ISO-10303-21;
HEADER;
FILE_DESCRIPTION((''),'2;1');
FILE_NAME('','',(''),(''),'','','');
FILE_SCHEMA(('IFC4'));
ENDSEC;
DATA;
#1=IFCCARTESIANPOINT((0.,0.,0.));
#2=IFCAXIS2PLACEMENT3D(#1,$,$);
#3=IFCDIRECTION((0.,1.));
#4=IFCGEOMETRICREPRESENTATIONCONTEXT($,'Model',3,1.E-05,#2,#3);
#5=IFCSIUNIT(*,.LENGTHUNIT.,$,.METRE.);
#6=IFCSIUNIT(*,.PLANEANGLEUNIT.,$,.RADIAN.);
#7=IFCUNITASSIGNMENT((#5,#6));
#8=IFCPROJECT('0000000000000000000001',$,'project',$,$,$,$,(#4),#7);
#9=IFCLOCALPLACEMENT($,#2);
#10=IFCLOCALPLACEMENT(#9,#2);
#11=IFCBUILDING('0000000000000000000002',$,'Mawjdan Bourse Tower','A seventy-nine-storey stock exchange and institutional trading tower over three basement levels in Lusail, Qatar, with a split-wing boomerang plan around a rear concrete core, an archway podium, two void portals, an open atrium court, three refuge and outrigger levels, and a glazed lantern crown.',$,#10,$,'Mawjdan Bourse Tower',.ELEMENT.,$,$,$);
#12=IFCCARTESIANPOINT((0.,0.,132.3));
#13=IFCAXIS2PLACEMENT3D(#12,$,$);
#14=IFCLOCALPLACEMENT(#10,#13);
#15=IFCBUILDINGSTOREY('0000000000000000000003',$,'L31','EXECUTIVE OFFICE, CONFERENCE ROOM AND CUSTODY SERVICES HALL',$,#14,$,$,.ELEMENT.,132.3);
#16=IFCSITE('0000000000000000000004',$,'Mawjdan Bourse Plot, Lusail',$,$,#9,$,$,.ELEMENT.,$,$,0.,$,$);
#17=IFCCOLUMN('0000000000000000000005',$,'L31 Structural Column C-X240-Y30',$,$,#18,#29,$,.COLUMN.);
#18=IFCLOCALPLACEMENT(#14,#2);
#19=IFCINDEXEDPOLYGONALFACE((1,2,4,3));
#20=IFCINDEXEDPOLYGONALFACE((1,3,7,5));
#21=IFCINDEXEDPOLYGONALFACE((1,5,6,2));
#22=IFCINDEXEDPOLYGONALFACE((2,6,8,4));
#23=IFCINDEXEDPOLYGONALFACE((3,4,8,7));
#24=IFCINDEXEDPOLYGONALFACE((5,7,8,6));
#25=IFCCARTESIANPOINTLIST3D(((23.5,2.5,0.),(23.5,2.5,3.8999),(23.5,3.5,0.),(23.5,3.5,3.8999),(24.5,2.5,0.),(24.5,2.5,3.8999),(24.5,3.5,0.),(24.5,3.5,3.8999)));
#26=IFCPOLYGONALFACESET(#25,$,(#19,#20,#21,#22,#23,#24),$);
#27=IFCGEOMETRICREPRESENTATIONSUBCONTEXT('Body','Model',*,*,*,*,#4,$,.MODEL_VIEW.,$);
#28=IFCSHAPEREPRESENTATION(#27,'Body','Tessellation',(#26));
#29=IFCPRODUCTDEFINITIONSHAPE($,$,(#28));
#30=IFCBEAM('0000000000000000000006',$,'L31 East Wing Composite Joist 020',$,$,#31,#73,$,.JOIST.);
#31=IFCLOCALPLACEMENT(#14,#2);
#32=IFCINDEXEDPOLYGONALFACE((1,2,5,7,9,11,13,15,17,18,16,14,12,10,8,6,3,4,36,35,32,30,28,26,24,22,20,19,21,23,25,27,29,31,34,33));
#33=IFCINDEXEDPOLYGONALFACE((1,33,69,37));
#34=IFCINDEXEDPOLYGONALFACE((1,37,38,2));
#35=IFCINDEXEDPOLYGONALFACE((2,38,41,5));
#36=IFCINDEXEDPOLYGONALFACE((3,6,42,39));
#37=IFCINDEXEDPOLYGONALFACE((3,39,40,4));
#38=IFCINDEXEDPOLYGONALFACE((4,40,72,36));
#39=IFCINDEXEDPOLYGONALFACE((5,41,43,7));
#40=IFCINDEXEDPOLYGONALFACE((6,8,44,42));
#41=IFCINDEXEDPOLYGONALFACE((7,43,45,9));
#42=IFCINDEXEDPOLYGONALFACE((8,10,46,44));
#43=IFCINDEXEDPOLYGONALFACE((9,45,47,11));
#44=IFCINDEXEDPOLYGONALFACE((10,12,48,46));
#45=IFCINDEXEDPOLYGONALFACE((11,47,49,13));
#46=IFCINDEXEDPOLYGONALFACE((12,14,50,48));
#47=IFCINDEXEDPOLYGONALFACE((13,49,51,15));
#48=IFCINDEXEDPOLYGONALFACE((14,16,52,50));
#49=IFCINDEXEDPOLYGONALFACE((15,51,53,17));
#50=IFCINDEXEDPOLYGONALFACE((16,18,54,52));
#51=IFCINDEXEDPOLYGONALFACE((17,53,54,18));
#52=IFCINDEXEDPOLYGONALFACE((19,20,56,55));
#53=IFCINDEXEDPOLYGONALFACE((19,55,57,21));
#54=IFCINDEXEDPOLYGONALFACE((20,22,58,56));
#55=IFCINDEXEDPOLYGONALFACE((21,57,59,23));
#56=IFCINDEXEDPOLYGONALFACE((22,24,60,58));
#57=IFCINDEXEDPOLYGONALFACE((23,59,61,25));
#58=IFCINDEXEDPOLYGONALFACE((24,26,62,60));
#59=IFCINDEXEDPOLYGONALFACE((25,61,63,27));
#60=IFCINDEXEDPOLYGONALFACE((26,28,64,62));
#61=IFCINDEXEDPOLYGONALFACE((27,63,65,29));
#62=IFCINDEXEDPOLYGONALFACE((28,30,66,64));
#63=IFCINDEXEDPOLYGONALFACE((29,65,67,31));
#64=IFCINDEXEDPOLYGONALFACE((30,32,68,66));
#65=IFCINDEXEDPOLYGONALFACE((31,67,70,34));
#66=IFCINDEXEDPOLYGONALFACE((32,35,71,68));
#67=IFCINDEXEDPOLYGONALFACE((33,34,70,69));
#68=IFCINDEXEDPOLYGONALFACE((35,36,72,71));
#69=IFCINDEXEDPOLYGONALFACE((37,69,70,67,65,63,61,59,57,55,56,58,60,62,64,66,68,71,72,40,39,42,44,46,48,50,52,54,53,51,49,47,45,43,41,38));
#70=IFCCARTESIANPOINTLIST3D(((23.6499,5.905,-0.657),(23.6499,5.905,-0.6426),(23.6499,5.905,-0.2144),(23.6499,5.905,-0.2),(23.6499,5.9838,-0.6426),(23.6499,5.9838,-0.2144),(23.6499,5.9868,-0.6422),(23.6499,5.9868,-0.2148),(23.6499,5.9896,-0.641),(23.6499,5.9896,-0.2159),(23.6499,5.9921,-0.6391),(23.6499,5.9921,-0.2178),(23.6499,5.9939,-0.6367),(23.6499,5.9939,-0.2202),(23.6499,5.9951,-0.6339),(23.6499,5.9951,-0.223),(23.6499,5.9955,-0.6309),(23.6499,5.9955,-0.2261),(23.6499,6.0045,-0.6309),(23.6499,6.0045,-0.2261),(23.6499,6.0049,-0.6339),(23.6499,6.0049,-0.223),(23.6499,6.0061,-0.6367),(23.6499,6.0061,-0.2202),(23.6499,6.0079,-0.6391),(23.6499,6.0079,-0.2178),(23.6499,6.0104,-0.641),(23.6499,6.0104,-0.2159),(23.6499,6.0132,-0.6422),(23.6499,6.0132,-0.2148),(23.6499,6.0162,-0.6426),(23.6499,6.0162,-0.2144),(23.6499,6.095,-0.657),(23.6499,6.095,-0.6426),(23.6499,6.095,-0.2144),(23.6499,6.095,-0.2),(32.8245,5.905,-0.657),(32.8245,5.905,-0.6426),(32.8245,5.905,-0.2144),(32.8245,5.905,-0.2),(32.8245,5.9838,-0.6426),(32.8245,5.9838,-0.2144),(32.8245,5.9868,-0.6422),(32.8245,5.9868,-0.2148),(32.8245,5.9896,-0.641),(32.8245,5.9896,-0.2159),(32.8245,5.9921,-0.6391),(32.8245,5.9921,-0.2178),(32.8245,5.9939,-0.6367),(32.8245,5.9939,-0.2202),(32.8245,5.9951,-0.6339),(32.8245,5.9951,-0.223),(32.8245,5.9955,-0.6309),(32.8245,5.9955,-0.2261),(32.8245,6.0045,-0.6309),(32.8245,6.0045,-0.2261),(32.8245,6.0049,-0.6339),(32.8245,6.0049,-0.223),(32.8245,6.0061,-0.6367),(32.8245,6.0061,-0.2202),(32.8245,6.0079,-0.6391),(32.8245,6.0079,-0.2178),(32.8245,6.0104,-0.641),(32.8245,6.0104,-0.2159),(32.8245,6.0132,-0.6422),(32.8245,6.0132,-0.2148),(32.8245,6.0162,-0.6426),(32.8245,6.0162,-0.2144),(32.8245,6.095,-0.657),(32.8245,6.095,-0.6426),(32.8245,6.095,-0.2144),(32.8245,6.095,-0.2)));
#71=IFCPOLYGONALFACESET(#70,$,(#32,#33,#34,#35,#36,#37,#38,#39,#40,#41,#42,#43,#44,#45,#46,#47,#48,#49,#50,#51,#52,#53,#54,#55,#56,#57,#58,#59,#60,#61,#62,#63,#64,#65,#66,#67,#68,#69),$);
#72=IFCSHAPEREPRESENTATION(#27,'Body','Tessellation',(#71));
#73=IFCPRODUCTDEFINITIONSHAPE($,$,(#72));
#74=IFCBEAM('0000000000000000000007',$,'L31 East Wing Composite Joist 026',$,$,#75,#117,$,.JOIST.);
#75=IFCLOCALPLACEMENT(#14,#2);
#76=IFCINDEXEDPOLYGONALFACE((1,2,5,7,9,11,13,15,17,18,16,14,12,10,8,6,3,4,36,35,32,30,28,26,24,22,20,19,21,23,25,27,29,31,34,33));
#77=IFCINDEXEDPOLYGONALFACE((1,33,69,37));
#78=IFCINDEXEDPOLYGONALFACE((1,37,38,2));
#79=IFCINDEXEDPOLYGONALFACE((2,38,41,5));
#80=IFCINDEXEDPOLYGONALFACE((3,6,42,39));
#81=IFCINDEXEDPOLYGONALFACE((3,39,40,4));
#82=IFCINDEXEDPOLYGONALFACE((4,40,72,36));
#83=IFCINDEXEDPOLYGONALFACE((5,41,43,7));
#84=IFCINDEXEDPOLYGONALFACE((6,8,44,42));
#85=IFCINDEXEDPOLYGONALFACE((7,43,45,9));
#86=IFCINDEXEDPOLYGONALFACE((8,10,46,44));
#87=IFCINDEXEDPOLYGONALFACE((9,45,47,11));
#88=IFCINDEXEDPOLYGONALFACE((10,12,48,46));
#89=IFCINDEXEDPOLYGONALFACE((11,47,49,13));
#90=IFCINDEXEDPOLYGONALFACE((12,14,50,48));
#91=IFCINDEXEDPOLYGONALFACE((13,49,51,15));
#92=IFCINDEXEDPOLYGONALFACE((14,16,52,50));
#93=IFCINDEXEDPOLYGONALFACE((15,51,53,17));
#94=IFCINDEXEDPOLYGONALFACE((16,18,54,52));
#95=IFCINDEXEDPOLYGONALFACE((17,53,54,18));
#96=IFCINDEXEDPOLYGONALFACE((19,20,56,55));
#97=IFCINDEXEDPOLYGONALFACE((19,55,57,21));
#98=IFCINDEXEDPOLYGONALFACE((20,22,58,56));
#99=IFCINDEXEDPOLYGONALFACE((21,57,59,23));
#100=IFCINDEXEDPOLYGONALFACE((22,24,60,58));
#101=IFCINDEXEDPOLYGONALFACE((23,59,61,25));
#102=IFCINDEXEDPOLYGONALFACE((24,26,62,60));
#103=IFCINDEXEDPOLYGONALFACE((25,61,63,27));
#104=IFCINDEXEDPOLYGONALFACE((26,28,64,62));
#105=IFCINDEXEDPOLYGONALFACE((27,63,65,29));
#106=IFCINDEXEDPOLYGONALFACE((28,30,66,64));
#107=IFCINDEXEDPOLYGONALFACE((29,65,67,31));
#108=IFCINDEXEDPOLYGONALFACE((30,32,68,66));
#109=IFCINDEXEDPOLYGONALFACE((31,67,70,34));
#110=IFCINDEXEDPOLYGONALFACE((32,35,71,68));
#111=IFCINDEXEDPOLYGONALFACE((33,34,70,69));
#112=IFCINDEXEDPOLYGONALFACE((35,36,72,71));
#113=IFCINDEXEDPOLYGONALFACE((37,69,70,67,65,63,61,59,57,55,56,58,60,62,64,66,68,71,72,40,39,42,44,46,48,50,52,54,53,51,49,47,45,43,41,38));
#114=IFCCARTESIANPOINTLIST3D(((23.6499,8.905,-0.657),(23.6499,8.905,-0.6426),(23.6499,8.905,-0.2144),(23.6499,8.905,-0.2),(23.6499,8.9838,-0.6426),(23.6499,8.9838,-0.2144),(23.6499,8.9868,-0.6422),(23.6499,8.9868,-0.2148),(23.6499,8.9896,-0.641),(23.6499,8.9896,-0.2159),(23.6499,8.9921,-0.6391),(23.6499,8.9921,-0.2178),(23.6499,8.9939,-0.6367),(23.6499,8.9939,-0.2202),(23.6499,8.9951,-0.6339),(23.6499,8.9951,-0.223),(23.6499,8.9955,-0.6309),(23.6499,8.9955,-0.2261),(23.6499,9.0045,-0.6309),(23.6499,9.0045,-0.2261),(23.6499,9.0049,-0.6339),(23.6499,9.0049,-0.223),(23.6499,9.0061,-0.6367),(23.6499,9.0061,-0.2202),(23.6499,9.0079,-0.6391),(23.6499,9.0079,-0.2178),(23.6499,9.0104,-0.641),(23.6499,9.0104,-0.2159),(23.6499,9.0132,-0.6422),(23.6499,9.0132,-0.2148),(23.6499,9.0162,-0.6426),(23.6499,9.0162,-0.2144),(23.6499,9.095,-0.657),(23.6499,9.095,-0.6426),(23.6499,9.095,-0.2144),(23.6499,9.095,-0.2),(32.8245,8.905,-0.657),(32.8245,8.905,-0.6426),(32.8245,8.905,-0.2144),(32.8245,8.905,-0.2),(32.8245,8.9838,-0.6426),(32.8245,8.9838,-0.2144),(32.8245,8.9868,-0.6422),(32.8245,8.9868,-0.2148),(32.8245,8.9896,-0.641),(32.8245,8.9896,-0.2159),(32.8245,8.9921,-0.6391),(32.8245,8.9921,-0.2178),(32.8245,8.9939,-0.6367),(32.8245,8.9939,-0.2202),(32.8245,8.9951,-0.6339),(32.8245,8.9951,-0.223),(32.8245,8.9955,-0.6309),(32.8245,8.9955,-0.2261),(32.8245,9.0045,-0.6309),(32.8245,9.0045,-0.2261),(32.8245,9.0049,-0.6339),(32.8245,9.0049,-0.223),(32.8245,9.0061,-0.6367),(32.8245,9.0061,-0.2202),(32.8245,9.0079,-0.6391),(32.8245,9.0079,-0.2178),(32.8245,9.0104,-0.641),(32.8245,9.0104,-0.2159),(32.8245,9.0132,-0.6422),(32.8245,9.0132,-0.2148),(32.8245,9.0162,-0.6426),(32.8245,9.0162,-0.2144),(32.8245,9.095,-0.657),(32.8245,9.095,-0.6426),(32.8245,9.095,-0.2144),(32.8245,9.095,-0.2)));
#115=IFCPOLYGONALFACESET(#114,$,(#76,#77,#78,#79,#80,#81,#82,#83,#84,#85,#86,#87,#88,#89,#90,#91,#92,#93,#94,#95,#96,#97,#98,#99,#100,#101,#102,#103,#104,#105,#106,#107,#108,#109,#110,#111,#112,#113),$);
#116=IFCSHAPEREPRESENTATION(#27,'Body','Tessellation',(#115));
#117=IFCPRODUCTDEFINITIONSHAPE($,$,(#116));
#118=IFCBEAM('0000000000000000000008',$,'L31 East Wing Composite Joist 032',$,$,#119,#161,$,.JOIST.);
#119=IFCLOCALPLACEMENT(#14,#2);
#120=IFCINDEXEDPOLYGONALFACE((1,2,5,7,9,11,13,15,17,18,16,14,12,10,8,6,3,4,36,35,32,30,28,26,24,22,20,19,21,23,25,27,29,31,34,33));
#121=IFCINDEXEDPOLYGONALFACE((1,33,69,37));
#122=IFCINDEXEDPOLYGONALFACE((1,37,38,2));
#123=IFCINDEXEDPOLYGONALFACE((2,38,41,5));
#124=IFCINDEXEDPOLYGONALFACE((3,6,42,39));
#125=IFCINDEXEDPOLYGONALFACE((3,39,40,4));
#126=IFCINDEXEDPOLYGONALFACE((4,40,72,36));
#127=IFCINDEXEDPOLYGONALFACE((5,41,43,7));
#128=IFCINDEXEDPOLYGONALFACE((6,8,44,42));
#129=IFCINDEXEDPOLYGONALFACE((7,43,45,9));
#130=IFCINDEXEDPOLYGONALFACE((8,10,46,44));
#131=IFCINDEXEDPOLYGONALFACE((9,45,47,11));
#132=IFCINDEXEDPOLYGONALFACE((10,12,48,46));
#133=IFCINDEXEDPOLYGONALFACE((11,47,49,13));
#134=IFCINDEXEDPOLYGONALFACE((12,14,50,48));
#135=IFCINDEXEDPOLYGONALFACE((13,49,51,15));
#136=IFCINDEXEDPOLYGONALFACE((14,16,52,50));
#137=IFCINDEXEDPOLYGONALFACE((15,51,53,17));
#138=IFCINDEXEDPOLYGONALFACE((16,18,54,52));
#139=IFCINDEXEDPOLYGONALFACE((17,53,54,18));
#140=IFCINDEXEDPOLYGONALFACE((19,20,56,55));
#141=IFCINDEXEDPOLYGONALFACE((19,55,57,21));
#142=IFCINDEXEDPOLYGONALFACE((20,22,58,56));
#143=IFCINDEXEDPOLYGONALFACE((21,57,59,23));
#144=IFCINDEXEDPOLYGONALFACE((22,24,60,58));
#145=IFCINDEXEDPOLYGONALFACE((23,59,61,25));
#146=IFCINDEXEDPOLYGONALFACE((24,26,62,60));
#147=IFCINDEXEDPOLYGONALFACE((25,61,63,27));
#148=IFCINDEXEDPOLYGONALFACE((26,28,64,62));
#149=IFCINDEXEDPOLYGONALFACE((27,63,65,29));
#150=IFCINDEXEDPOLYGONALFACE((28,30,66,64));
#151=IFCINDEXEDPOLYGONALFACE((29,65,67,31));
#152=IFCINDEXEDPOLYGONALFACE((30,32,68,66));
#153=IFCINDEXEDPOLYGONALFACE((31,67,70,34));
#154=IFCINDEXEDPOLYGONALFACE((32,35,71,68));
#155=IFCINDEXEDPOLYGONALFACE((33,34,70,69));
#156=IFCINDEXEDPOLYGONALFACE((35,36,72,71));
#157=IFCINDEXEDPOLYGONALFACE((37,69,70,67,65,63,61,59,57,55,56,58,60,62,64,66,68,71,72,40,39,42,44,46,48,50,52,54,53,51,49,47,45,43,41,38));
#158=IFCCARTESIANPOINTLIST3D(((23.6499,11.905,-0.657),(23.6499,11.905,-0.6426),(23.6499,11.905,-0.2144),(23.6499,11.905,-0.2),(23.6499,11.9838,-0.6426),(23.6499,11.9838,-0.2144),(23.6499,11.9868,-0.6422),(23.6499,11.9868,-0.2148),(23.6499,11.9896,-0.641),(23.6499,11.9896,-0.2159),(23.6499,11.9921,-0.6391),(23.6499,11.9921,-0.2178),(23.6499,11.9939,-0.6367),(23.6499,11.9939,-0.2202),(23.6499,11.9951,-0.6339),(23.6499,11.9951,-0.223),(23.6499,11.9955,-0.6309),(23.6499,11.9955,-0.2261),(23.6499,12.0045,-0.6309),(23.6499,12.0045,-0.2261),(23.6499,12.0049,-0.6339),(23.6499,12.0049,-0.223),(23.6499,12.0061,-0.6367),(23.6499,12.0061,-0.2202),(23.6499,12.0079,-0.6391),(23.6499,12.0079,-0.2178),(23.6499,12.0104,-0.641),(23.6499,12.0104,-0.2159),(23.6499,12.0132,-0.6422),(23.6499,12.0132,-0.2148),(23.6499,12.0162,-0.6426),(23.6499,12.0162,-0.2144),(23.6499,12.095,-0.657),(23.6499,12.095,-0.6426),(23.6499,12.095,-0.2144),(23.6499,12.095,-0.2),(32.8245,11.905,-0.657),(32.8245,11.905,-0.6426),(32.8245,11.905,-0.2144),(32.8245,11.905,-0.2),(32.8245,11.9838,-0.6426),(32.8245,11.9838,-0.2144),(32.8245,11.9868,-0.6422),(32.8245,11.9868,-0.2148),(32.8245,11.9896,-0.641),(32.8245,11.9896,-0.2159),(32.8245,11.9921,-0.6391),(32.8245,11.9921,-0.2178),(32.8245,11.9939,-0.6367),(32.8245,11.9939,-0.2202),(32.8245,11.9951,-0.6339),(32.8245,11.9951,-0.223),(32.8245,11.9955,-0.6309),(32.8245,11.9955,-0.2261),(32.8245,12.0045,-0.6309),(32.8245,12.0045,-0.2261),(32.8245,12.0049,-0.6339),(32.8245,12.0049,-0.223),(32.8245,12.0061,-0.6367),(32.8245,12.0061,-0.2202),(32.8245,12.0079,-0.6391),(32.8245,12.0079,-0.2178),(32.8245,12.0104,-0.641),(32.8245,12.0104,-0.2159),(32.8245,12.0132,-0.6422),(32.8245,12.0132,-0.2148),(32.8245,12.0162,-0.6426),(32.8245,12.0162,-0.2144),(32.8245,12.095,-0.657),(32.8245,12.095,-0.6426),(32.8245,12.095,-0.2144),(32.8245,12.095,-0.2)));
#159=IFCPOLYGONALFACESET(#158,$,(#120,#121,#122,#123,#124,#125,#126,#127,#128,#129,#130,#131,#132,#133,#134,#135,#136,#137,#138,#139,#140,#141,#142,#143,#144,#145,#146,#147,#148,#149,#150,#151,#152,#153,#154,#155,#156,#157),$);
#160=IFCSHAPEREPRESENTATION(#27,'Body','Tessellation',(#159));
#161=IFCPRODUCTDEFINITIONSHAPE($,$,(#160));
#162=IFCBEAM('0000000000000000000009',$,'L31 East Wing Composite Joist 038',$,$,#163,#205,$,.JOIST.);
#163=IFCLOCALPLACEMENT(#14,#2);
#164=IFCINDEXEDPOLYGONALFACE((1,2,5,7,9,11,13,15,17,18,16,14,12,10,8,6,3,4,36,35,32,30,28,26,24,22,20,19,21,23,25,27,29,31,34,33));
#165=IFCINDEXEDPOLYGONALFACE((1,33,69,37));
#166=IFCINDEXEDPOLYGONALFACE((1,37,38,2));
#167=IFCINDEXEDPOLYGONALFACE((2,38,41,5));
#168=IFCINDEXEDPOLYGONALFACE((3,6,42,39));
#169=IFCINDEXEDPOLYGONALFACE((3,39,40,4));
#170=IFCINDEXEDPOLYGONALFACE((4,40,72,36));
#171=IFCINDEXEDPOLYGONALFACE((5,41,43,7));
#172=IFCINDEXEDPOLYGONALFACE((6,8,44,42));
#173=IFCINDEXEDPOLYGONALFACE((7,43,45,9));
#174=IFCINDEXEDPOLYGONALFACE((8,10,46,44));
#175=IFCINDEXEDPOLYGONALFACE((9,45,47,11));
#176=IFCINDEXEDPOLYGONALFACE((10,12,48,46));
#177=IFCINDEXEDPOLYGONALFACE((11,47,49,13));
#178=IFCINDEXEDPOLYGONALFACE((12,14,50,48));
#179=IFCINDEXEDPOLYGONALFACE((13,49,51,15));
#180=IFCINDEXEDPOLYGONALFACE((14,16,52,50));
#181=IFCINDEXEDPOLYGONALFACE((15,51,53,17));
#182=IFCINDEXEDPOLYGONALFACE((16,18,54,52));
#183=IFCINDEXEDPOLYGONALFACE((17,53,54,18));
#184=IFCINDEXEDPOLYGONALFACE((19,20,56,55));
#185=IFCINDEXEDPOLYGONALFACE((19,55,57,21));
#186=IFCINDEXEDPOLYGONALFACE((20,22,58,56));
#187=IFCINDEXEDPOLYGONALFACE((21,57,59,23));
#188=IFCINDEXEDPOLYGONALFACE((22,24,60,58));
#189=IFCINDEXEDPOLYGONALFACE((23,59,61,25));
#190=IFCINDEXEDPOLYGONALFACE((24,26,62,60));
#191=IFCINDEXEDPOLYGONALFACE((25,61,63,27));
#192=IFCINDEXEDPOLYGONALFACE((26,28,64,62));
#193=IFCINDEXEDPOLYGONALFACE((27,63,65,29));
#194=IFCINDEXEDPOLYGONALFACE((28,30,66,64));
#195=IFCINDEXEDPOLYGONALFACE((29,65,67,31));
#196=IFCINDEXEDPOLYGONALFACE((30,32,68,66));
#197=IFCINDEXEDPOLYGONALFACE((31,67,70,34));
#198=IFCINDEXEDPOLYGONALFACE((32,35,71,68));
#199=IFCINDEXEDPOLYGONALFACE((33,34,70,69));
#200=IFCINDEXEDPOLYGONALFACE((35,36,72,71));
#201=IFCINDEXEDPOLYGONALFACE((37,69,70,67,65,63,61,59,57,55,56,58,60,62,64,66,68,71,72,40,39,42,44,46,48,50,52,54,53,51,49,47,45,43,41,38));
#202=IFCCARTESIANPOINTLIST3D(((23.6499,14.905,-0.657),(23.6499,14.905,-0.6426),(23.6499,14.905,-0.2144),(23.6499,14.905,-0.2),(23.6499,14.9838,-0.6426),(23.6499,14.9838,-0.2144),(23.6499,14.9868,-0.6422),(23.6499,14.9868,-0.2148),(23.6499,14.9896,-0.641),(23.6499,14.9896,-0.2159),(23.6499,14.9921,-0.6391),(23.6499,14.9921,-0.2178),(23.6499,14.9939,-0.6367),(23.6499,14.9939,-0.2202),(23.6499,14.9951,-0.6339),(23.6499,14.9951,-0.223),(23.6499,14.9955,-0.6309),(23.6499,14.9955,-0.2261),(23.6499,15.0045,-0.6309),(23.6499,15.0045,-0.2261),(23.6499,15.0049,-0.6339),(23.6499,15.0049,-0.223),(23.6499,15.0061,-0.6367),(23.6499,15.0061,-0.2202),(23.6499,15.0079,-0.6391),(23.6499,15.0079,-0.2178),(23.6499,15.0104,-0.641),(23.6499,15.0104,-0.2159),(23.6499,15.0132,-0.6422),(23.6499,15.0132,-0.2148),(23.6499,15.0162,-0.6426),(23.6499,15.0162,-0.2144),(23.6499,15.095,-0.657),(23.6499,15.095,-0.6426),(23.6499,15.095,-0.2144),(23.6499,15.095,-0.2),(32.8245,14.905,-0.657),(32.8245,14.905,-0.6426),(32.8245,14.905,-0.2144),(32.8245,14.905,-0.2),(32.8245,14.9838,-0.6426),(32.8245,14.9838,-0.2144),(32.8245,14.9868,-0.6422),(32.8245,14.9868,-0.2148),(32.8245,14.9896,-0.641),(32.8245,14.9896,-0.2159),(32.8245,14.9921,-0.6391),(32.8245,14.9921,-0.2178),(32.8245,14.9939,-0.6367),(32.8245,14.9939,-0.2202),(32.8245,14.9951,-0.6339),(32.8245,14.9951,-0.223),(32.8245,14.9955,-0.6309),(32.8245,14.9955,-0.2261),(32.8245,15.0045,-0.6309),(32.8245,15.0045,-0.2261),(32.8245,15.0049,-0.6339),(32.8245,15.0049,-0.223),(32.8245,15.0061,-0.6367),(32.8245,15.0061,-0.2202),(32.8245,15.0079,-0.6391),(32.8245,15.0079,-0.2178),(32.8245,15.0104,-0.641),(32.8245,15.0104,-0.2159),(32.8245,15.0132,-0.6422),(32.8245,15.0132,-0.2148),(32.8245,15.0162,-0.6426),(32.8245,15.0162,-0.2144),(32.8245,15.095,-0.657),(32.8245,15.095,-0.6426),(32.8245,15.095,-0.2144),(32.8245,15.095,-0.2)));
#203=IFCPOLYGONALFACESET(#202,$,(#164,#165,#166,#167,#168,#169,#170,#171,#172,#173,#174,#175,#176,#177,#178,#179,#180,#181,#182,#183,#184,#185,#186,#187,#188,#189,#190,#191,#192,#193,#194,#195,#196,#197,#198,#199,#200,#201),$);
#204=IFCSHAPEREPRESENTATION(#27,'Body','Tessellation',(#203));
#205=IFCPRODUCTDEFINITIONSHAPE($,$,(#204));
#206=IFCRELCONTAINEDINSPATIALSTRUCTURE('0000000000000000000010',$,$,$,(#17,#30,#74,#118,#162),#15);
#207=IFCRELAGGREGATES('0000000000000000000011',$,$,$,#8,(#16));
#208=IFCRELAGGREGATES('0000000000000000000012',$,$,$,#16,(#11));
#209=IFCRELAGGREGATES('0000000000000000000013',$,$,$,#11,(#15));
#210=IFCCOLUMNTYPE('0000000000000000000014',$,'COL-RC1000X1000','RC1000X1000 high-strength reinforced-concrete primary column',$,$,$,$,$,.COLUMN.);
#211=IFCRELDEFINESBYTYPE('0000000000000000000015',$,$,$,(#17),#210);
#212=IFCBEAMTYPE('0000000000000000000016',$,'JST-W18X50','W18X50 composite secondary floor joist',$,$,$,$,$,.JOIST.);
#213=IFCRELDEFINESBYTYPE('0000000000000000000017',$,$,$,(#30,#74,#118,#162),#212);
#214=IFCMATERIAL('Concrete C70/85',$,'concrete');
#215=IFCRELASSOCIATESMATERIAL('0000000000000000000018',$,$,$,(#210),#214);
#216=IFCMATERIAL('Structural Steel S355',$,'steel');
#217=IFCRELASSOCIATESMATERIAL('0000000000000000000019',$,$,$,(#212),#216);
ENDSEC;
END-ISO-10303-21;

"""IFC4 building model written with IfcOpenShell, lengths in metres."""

from ifc_helpers import new_model, si_unit, direction, frame, origin, origin_2d, place, context, subcontext, project, spatial, rectangle, i_section, extrude, material, material_profile, profile_set, type_object, element, save


model = new_model("IFC4")

# Units and contexts
model_context = context("Model", 3, precision=1e-05, world=origin(), true_north=direction((0.0, 1.0)))
body_context = subcontext(model_context, "Body", "Model", "MODEL_VIEW")
ifc_project = project(units=[si_unit("LENGTHUNIT", "METRE"), si_unit("PLANEANGLEUNIT", "RADIAN")], contexts=[model_context])

# Site, building, storey
site_placement = place(None, origin())
site = spatial("IfcSite", under=ifc_project, at=site_placement, Name="Mawjdan Bourse Plot, Lusail", CompositionType="ELEMENT", RefElevation=0.0)
building_placement = place(site_placement, origin())
building = spatial("IfcBuilding", under=site, at=building_placement, Name="Mawjdan Bourse Tower", Description="A seventy-nine-storey stock exchange and institutional trading tower over three basement levels in Lusail, Qatar, with a split-wing boomerang plan around a rear concrete core, an archway podium, two void portals, an open atrium court, three refuge and outrigger levels, and a glazed lantern crown.", LongName="Mawjdan Bourse Tower", CompositionType="ELEMENT")
storey_placement = place(building_placement, frame((0.0, 0.0, 132.3)))
storey = spatial("IfcBuildingStorey", under=building, at=storey_placement, Name="L31", Description="EXECUTIVE OFFICE, CONFERENCE ROOM AND CUSTODY SERVICES HALL", CompositionType="ELEMENT", Elevation=132.3)

# Column
ifc_material_1 = material(Name="Concrete C70/85", Category="concrete")
ifc_material_profile_1 = material_profile(ifc_material_1, rectangle(XDim=1.0, YDim=1.0, at=origin_2d()), Name="RC1000X1000")
ifc_profile_set_1 = profile_set([ifc_material_profile_1], Name="Concrete C70/85")
column_type = type_object("IfcColumnType", Name="COL-RC1000X1000", Description="RC1000X1000 high-strength reinforced-concrete primary column", PredefinedType="COLUMN", material=ifc_profile_set_1)
column_placement = place(storey_placement, frame((24.0, 3.0, 0.0), z_axis=(0.0, 0.0, 1.0), x_axis=(1.0, 0.0, 0.0)))
element("IfcColumn", 1, at=column_placement, inside=storey, type_object=column_type, Name="L31 Structural Column C-X240-Y30", PredefinedType="COLUMN", context=body_context, shape_type="SweptSolid", body=[
    extrude(rectangle(XDim=1.0, YDim=1.0, at=origin_2d()), origin(), (0.0, 0.0, 1.0), 3.8999),
])

# Beams
ifc_material_2 = material(Name="Structural Steel S355", Category="steel")
ifc_material_profile_2 = material_profile(ifc_material_2, i_section(OverallWidth=0.1899, OverallDepth=0.457, WebThickness=0.009, FlangeThickness=0.0144, FilletRadius=0.0117, at=origin_2d()), Name="W18X50")
ifc_profile_set_2 = profile_set([ifc_material_profile_2], Name="Structural Steel S355")
beam_type_1 = type_object("IfcBeamType", Name="JST-W18X50", Description="W18X50 composite secondary floor joist", PredefinedType="JOIST", material=ifc_profile_set_2)
for number, where, z_axis, x_axis, name in (
    (2, (23.6499, 6.0, -0.4285), (1.0, 0.0, 0.0), (0.0, 1.0, 0.0), "L31 East Wing Composite Joist 020"),
    (3, (23.6499, 9.0, -0.4285), (1.0, 0.0, 0.0), (0.0, 1.0, 0.0), "L31 East Wing Composite Joist 026"),
    (4, (23.6499, 12.0, -0.4285), (1.0, 0.0, 0.0), (0.0, 1.0, 0.0), "L31 East Wing Composite Joist 032"),
    (5, (23.6499, 15.0, -0.4285), (1.0, 0.0, 0.0), (0.0, 1.0, 0.0), "L31 East Wing Composite Joist 038"),
):
    element("IfcBeam", number, at=place(storey_placement, frame(where, z_axis=z_axis, x_axis=x_axis)), inside=storey, type_object=beam_type_1, Name=name, PredefinedType="JOIST", context=body_context, shape_type="SweptSolid", body=[
        extrude(i_section(OverallWidth=0.1899, OverallDepth=0.457, WebThickness=0.009, FlangeThickness=0.0144, FilletRadius=0.0117, at=origin_2d()), origin(), (0.0, 0.0, 1.0), 9.1746),
    ])

save(model, "model.ifc")
